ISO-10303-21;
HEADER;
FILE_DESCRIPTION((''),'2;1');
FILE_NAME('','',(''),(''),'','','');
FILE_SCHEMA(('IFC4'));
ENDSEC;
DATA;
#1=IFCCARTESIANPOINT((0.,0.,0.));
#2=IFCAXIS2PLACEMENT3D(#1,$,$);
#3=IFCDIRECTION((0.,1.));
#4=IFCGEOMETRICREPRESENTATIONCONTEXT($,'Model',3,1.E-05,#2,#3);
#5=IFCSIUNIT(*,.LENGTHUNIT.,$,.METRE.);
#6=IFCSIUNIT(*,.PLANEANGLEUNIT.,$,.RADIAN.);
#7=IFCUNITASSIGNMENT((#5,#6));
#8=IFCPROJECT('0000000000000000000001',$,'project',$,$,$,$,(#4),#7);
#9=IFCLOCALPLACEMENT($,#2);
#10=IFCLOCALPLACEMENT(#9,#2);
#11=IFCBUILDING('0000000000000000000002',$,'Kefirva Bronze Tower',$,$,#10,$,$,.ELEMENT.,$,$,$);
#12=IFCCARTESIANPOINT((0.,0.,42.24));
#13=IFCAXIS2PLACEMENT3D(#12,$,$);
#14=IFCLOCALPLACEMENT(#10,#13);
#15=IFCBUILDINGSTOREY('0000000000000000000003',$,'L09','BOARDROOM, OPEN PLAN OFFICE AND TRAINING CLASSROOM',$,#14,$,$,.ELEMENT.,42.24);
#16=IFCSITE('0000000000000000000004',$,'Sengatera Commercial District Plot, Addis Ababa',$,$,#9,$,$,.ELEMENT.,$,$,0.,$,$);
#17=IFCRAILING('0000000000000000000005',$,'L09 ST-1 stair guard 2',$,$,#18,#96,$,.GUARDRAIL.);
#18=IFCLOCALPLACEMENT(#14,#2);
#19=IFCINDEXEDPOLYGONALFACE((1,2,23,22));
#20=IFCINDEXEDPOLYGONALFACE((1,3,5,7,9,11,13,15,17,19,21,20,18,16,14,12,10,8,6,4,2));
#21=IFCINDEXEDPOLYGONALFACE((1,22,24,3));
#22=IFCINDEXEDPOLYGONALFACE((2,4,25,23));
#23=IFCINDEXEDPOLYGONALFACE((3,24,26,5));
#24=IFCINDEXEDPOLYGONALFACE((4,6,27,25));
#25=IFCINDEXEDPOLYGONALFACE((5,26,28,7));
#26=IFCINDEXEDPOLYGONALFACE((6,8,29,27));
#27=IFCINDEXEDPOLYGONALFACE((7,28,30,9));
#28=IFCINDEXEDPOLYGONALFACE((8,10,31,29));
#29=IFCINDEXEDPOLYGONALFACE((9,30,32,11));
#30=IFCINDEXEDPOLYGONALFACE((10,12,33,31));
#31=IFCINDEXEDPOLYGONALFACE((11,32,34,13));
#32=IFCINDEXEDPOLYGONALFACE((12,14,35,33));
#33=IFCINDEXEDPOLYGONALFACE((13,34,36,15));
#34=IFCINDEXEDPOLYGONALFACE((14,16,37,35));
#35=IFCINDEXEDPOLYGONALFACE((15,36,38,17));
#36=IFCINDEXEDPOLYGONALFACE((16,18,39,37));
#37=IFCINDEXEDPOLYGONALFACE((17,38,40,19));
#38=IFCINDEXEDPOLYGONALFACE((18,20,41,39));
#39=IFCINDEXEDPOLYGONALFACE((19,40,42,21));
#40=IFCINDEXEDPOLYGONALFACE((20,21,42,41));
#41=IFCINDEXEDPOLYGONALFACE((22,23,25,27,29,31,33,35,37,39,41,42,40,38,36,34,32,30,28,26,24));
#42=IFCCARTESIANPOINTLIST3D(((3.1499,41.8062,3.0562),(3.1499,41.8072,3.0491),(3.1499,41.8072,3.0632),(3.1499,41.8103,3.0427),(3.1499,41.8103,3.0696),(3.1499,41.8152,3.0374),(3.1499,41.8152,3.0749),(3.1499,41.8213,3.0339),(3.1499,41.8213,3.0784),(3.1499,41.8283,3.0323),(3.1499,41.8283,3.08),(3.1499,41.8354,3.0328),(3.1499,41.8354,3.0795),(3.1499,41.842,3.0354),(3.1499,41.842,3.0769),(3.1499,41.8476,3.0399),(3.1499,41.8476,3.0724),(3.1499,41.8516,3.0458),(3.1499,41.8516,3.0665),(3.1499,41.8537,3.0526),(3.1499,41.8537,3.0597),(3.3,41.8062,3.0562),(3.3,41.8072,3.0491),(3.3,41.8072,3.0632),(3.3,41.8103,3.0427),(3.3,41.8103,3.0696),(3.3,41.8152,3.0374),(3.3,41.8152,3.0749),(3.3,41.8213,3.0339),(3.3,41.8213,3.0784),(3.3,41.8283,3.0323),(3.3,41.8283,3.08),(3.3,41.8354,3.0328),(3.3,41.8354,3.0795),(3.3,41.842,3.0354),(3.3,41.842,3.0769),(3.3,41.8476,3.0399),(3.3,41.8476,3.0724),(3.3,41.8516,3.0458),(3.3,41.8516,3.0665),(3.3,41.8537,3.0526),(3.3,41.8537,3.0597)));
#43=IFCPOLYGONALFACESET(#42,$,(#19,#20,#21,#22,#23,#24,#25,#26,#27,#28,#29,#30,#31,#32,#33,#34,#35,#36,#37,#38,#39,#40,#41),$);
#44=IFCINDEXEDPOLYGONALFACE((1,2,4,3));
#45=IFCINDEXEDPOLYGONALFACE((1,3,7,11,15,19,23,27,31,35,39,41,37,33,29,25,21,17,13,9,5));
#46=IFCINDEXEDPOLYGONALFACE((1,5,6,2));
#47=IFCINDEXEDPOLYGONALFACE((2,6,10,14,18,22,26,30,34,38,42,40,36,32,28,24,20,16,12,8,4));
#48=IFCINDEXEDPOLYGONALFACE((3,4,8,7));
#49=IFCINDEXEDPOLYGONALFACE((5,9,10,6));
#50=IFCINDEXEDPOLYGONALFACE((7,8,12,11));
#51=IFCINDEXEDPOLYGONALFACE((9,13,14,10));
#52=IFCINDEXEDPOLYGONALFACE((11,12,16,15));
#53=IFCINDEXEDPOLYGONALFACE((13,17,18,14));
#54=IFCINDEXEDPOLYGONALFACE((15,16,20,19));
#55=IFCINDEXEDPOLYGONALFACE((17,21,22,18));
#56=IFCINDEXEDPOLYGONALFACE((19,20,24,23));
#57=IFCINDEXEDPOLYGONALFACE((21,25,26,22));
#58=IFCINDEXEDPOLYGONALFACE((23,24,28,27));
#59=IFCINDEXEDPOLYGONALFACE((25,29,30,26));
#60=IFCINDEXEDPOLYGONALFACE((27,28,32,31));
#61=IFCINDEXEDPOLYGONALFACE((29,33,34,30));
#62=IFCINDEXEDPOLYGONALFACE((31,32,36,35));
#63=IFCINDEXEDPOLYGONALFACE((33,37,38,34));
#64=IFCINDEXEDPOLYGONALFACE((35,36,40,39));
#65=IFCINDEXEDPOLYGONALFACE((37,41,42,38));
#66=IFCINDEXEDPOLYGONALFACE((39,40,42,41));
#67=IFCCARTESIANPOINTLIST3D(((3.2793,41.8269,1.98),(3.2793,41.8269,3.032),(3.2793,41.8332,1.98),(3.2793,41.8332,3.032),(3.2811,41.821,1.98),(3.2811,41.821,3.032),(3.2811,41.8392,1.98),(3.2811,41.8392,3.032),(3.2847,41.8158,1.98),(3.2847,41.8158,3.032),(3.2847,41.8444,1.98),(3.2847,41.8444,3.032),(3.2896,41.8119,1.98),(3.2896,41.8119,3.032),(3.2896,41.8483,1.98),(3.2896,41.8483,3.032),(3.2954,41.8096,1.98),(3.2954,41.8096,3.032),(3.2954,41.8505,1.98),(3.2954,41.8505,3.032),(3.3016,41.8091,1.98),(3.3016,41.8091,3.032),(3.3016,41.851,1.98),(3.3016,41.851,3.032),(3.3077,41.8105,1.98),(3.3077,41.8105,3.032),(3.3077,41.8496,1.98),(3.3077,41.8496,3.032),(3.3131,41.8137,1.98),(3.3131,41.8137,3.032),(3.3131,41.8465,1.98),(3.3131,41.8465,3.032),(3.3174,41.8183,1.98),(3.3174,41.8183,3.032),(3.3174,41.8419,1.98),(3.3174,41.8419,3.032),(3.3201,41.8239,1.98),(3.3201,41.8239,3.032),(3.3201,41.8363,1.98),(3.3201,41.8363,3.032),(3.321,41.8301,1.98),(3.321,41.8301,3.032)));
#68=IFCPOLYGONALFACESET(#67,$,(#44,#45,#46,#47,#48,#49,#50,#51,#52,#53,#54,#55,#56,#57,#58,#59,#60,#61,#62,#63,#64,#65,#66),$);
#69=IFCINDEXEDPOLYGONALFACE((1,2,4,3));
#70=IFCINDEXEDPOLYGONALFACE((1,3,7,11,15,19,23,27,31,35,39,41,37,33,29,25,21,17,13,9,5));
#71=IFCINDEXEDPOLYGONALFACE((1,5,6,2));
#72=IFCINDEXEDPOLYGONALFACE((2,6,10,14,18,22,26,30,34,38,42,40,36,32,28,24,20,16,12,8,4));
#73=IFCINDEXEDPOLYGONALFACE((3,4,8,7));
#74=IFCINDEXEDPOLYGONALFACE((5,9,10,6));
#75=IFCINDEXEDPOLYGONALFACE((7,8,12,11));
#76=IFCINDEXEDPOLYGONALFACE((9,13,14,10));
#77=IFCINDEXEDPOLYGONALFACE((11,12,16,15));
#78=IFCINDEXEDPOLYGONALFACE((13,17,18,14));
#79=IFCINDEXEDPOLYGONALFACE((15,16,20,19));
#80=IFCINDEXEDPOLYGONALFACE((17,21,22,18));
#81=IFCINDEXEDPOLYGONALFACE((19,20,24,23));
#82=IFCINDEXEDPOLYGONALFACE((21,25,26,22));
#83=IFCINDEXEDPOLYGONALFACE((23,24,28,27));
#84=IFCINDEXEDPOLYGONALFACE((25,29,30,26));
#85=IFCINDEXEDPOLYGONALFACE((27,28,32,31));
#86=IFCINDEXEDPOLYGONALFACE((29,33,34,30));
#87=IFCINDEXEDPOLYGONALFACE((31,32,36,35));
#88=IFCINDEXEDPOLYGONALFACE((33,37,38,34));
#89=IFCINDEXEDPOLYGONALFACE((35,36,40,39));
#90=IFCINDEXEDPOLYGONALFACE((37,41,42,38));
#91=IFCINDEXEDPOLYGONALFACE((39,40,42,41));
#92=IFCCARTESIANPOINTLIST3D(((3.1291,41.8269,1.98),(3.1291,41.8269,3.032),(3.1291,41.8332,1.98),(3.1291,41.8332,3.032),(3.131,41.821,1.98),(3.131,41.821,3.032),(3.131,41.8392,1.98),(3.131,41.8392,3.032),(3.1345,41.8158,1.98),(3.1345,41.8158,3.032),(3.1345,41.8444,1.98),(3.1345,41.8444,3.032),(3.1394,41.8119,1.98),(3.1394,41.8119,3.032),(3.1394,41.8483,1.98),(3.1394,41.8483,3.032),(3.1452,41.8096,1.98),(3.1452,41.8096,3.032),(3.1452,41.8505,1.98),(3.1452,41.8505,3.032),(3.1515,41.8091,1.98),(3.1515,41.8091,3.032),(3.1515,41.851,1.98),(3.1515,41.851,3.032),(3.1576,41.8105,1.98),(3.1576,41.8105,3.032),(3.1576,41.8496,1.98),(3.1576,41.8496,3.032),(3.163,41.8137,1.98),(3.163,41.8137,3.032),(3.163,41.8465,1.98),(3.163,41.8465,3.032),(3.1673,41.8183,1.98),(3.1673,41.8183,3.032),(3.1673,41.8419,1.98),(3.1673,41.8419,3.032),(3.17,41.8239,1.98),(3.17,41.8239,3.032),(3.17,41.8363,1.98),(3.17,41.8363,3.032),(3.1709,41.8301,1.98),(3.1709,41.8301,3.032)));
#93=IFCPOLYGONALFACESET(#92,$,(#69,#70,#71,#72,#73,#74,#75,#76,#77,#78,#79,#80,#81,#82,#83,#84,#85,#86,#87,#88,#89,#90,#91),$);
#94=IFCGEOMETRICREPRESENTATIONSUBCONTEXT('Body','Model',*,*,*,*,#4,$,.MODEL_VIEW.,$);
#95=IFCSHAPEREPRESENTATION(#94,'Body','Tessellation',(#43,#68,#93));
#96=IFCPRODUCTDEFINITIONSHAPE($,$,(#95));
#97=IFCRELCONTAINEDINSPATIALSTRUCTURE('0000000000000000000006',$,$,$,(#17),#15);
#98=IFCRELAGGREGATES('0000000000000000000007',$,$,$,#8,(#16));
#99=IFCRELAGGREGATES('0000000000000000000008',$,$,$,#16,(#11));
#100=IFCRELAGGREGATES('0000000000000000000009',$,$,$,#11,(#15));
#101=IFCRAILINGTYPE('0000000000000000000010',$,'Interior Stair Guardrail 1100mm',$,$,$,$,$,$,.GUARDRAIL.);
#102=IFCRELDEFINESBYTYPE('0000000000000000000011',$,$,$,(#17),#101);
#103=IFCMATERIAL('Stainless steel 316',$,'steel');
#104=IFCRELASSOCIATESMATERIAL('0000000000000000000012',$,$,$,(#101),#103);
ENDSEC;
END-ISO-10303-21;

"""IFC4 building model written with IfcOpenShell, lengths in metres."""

from ifc_helpers import new_model, si_unit, direction, frame, origin, origin_2d, place, context, subcontext, project, spatial, circle, extrude, material, type_object, element, save


model = new_model("IFC4")

# Units and contexts
model_context = context("Model", 3, precision=1e-05, world=origin(), true_north=direction((0.0, 1.0)))
body_context = subcontext(model_context, "Body", "Model", "MODEL_VIEW")
ifc_project = project(units=[si_unit("LENGTHUNIT", "METRE"), si_unit("PLANEANGLEUNIT", "RADIAN")], contexts=[model_context])

# Site, building, storey
site_placement = place(None, origin())
site = spatial("IfcSite", under=ifc_project, at=site_placement, Name="Sengatera Commercial District Plot, Addis Ababa", CompositionType="ELEMENT", RefElevation=0.0)
building_placement = place(site_placement, origin())
building = spatial("IfcBuilding", under=site, at=building_placement, Name="Kefirva Bronze Tower", CompositionType="ELEMENT")
storey_placement = place(building_placement, frame((0.0, 0.0, 42.24)))
storey = spatial("IfcBuildingStorey", under=building, at=storey_placement, Name="L09", Description="BOARDROOM, OPEN PLAN OFFICE AND TRAINING CLASSROOM", CompositionType="ELEMENT", Elevation=42.24)

# Railing
ifc_material_1 = material(Name="Stainless steel 316", Category="steel")
railing_type_1 = type_object("IfcRailingType", Name="Interior Stair Guardrail 1100mm", PredefinedType="GUARDRAIL", material=ifc_material_1)
railing_1_placement = place(storey_placement, frame((3.3, 41.8301, 1.98)))
element("IfcRailing", 1, at=railing_1_placement, inside=storey, type_object=railing_type_1, Name="L09 ST-1 stair guard 2", PredefinedType="GUARDRAIL", context=body_context, shape_type="SweptSolid", body=[
    extrude(circle(Radius=0.0239, at=origin_2d()), frame((0.0, 0.0, 1.0762), z_axis=(-1.0, 0.0, 0.0), x_axis=(0.0, -1.0, 0.0)), (0.0, 0.0, 1.0), 0.1501),
    extrude(circle(Radius=0.021, at=origin_2d()), origin(), (0.0, 0.0, 1.0), 1.052),
    extrude(circle(Radius=0.021, at=origin_2d()), frame((-0.1501, 0.0, 0.0)), (0.0, 0.0, 1.0), 1.052),
])

save(model, "model.ifc")
